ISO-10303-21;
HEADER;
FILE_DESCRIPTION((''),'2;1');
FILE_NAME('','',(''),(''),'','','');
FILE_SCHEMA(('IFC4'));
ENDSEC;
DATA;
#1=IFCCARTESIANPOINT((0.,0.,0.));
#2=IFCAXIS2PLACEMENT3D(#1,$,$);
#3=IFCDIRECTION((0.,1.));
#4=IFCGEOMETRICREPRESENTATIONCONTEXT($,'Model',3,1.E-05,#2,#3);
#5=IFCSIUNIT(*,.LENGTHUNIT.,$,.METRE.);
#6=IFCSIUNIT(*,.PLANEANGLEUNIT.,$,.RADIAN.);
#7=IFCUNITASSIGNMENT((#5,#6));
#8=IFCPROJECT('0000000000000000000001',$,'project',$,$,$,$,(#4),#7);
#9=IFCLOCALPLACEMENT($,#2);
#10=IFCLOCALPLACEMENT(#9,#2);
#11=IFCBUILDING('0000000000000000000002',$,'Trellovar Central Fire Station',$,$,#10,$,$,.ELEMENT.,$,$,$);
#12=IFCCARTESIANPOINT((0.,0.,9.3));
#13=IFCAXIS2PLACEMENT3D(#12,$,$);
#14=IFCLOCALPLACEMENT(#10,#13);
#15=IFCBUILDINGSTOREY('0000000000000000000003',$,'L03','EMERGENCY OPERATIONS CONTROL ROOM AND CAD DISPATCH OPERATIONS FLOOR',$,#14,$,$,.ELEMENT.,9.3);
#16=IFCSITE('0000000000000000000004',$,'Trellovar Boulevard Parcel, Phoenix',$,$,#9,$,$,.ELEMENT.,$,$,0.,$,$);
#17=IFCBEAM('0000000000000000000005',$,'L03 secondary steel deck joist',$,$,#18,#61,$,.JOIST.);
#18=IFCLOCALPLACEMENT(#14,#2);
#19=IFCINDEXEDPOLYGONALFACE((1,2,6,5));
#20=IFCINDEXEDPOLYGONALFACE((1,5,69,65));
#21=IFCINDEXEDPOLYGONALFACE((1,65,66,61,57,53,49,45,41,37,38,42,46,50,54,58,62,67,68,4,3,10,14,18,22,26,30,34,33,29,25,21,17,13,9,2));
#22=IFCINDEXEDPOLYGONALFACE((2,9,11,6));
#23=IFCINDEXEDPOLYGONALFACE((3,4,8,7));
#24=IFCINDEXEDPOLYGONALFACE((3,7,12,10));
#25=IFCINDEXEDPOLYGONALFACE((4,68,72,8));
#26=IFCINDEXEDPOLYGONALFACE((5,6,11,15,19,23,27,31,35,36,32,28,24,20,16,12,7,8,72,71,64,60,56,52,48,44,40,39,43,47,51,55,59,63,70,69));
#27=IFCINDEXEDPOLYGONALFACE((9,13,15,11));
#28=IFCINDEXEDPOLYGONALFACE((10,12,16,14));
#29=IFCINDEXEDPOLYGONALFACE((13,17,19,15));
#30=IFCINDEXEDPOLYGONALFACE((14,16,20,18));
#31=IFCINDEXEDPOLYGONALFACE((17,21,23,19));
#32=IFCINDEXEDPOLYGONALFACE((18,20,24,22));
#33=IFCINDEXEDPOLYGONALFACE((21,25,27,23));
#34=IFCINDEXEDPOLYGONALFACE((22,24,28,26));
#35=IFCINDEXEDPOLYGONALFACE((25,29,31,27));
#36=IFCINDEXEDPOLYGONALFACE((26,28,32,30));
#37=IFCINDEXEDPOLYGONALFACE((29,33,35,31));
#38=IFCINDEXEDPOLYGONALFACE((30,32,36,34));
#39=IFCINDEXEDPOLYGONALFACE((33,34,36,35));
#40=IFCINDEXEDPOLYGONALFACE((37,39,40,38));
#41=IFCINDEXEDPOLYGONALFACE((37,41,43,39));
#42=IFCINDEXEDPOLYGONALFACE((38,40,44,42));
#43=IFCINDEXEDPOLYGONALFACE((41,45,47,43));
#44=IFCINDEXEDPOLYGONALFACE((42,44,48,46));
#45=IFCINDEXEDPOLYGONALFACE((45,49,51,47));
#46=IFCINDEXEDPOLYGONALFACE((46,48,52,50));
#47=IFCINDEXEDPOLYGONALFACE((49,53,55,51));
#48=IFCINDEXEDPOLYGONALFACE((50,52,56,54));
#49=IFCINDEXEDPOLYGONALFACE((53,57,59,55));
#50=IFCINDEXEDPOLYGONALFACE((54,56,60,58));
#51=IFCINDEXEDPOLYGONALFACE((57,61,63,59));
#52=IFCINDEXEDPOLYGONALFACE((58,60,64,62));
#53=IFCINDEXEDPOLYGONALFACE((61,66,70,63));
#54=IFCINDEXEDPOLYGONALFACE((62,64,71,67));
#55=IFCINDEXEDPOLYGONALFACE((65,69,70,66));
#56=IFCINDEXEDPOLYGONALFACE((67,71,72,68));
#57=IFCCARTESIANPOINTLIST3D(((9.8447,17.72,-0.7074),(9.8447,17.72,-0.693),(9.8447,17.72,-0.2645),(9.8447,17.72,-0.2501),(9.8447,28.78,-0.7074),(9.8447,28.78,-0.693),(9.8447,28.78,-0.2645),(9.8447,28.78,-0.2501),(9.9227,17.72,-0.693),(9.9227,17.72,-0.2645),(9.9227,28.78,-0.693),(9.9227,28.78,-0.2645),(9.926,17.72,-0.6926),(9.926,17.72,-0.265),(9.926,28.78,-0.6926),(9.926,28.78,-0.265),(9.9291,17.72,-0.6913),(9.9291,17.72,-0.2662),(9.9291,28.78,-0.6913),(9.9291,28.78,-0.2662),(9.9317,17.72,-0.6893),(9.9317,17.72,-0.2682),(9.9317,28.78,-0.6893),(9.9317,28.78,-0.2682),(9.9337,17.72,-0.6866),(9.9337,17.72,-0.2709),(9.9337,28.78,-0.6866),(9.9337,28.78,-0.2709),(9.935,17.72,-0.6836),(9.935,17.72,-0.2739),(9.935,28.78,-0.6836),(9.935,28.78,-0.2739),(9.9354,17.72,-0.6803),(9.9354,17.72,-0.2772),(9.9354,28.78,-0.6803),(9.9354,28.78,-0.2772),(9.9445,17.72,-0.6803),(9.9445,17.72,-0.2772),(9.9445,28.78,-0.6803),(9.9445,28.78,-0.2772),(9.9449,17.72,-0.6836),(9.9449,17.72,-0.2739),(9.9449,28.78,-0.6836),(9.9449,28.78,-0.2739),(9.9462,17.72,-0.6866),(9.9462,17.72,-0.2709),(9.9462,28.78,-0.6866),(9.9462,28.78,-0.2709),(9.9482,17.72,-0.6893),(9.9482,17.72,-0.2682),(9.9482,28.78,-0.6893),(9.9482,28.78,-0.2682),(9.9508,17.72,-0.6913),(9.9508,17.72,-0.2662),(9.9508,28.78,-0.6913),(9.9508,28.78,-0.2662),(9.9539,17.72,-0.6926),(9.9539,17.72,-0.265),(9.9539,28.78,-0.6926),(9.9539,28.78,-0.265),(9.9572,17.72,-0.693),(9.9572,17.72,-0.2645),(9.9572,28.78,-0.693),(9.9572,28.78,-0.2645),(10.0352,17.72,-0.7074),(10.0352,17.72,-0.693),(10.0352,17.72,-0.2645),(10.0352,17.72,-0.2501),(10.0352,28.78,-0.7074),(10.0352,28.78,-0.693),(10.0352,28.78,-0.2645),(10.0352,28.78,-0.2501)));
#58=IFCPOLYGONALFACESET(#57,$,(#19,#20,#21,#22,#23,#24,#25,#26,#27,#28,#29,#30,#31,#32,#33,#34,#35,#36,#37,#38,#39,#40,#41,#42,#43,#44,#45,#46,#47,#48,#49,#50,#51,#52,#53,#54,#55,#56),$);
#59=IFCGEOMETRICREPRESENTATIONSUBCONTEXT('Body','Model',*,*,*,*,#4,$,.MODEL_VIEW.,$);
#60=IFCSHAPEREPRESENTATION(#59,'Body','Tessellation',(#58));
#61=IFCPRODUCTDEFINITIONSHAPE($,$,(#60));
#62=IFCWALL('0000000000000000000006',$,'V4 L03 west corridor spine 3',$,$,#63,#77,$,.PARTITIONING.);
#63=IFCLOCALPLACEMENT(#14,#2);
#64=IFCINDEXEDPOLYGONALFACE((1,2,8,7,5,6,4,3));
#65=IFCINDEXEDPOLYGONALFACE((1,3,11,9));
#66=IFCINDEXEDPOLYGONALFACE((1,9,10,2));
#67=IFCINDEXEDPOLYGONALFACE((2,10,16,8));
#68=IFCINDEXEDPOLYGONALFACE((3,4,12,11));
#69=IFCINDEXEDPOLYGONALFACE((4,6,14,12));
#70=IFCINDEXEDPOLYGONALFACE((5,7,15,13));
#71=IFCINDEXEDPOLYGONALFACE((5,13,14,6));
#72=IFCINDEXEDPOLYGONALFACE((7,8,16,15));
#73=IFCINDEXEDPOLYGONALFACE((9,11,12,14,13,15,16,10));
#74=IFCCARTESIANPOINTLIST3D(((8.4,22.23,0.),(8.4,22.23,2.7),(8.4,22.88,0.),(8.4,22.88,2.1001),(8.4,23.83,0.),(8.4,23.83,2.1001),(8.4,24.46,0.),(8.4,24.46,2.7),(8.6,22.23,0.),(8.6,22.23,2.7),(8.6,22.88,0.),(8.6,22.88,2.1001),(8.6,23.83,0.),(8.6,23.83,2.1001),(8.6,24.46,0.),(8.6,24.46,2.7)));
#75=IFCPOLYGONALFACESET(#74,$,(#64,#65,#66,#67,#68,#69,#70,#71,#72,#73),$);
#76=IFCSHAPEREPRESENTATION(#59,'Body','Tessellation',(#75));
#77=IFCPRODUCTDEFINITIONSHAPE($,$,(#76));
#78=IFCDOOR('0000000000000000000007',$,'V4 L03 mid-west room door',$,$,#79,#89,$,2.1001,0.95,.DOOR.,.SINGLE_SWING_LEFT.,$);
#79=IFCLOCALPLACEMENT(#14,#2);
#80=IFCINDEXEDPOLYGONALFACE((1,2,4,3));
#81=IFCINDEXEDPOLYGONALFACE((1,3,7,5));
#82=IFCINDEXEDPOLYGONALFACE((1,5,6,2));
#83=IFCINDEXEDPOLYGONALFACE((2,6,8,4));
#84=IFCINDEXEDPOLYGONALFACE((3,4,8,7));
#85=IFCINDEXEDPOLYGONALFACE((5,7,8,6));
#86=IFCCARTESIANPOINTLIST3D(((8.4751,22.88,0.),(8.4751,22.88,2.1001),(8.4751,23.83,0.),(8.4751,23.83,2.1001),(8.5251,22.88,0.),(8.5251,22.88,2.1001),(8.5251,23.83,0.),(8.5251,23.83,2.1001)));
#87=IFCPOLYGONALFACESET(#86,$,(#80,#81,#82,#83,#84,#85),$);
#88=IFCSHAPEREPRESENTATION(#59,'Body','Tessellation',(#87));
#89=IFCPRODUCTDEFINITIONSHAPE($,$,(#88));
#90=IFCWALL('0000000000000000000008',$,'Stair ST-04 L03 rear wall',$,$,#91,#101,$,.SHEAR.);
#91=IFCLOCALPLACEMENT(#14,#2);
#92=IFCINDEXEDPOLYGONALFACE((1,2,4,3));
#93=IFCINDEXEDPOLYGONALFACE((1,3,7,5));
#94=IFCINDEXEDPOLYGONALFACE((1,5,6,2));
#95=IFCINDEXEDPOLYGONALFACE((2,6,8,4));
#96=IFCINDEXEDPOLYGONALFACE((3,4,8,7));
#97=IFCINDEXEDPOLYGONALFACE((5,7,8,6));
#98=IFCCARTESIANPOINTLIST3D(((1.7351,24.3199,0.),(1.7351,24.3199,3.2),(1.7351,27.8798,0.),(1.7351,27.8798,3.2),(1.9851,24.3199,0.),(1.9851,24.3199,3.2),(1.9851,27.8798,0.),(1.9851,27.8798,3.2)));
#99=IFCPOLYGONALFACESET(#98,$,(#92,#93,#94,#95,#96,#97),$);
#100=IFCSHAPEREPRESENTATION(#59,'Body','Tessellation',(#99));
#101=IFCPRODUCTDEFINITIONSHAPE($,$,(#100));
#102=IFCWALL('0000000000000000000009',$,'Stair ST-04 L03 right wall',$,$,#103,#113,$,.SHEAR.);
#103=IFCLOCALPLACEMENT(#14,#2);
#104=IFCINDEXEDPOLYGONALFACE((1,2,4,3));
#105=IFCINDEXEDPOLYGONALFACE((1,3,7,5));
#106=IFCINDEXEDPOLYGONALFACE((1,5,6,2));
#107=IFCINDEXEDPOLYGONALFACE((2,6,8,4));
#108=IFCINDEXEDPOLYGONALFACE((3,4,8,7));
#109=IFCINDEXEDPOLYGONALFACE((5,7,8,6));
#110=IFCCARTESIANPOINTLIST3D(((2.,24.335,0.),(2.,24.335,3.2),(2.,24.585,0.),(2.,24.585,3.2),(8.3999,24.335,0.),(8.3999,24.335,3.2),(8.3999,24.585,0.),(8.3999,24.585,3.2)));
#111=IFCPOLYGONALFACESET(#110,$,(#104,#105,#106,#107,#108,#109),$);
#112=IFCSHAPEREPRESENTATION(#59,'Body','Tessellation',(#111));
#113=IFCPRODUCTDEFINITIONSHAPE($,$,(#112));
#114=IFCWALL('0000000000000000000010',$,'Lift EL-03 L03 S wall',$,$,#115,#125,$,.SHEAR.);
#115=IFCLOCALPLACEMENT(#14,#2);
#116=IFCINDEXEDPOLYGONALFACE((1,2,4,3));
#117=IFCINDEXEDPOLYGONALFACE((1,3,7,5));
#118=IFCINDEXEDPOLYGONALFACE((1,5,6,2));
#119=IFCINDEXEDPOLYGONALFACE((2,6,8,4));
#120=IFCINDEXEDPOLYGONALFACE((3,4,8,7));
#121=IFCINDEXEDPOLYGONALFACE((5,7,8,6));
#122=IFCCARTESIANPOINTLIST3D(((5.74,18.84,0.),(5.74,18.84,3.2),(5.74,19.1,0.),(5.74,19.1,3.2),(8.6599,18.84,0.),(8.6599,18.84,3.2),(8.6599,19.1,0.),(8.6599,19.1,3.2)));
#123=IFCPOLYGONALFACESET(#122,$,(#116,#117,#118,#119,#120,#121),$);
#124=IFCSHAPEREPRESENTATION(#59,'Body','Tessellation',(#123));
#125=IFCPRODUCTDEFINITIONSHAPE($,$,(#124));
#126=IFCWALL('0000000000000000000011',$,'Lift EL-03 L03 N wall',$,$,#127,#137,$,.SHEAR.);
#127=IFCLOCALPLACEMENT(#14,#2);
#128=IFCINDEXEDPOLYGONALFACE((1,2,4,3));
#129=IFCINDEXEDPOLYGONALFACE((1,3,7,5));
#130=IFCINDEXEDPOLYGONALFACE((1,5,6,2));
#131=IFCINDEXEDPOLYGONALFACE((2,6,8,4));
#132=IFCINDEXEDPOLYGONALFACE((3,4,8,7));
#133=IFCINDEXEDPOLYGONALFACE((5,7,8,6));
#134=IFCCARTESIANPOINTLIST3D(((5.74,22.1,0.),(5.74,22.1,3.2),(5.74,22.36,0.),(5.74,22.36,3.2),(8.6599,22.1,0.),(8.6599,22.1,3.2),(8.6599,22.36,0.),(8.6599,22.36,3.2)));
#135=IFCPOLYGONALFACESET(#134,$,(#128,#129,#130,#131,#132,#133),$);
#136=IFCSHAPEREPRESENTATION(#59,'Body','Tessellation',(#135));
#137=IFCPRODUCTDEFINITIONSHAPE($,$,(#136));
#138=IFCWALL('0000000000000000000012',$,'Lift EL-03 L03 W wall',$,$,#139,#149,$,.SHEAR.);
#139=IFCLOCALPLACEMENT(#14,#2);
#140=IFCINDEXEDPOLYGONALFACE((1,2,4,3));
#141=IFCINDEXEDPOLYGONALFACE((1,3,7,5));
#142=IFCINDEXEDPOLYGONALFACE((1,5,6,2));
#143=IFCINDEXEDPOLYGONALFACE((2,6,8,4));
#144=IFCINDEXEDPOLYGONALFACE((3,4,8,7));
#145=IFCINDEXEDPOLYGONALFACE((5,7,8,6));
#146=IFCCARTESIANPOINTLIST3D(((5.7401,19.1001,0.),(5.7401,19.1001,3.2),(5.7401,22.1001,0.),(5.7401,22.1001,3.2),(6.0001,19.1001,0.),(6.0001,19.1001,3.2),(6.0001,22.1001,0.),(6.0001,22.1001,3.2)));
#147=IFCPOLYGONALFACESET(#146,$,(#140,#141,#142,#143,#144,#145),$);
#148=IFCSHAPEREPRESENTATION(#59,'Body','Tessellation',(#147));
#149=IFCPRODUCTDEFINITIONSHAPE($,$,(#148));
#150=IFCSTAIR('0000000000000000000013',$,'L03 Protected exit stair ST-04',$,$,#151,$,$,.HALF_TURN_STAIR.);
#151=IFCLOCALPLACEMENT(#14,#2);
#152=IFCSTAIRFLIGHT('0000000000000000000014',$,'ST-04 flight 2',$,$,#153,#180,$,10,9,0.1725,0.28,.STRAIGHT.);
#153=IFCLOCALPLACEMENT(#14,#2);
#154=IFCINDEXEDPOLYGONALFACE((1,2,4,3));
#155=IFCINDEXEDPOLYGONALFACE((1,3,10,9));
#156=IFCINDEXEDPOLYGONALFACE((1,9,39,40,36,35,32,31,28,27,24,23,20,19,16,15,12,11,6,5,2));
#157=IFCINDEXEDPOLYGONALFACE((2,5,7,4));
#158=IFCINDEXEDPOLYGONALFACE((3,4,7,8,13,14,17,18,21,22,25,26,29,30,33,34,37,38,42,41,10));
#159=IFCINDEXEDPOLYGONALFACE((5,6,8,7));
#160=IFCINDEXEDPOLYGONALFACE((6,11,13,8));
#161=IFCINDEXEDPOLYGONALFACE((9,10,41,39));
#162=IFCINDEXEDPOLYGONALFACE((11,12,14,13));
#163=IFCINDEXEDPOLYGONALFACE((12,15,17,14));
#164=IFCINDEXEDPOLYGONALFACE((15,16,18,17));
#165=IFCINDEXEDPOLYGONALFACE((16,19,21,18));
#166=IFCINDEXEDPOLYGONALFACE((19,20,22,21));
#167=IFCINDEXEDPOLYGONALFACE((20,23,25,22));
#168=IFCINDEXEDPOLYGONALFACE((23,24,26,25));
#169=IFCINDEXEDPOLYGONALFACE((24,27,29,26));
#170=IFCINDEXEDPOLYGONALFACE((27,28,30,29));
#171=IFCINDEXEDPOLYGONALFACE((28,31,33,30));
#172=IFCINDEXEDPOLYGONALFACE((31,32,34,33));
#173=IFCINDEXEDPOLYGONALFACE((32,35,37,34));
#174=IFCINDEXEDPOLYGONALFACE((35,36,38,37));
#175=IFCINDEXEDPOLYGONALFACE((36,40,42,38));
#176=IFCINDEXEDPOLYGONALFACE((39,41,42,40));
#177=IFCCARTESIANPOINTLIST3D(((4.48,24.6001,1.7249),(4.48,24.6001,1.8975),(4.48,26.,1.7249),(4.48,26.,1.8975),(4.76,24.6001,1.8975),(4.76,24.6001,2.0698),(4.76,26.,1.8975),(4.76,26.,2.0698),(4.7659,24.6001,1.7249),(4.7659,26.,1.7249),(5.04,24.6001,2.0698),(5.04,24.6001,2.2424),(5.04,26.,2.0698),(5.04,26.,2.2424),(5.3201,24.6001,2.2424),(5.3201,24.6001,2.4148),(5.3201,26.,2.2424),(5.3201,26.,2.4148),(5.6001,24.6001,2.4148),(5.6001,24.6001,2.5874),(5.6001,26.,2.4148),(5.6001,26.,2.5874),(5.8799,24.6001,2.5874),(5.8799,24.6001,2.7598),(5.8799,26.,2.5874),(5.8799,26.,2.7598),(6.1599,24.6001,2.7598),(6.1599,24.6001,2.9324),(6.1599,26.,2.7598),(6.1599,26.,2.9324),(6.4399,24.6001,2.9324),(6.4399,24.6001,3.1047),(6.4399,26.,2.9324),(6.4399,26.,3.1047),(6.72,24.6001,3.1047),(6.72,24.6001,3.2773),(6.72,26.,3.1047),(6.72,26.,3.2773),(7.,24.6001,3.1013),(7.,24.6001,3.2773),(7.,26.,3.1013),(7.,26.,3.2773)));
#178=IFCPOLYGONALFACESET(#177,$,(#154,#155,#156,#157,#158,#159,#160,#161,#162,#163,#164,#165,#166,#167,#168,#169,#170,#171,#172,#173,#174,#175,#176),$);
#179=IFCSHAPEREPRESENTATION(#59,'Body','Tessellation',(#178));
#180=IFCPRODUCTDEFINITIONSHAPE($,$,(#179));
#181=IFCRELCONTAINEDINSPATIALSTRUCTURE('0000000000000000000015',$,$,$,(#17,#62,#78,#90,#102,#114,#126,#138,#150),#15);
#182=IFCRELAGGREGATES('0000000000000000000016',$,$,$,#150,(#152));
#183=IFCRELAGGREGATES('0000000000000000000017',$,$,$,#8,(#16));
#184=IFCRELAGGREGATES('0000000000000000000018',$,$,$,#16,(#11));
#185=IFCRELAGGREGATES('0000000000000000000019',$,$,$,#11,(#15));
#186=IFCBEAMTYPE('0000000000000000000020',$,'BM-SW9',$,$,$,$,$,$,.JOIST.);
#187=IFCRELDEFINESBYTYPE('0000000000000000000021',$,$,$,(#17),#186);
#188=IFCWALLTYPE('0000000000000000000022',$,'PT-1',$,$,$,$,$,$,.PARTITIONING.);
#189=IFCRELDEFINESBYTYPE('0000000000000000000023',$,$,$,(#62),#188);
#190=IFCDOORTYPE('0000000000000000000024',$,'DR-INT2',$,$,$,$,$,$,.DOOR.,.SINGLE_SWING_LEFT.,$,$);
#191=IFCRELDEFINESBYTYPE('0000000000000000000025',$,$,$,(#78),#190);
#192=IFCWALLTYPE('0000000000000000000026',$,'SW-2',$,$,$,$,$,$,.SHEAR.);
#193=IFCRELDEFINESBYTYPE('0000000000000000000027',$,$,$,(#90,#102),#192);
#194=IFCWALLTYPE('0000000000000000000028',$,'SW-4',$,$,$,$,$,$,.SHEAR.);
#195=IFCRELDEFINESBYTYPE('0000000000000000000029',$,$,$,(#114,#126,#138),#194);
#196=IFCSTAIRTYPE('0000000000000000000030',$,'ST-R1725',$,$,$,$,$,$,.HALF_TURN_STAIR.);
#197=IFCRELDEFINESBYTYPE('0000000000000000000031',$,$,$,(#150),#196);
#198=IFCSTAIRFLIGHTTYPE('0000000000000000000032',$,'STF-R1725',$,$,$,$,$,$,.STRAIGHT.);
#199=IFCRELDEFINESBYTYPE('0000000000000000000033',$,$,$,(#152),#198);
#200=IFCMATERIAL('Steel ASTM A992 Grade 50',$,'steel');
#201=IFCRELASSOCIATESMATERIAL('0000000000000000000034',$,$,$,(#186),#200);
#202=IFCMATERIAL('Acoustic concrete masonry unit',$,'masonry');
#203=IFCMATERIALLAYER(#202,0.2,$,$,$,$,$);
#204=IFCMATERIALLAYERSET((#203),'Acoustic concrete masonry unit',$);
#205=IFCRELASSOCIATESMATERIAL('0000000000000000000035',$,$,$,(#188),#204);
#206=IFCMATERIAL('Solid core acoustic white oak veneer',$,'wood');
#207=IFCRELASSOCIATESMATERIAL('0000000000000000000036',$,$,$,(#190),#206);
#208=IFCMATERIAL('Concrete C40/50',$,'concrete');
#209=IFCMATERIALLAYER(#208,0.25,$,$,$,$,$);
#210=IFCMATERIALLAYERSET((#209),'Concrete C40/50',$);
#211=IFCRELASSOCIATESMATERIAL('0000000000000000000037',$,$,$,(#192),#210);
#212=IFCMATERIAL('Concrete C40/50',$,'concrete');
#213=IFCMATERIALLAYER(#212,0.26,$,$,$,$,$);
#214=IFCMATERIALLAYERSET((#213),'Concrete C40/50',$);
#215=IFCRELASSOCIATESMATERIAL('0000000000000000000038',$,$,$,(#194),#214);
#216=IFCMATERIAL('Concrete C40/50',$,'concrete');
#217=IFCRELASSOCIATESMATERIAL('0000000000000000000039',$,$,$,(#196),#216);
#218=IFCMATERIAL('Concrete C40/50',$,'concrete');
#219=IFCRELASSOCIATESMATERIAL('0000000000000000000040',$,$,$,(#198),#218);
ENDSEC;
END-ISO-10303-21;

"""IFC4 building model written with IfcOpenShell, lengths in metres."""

from ifc_helpers import new_model, si_unit, direction, frame, frame_2d, origin, origin_2d, place, context, subcontext, project, spatial, polyline, rectangle, i_section, outline, extrude, material, layer, layer_set, material_profile, profile_set, type_object, element, fill, aggregate, save


model = new_model("IFC4")

# Units and contexts
model_context = context("Model", 3, precision=1e-05, world=origin(), true_north=direction((0.0, 1.0)))
body_context = subcontext(model_context, "Body", "Model", "MODEL_VIEW")
ifc_project = project(units=[si_unit("LENGTHUNIT", "METRE"), si_unit("PLANEANGLEUNIT", "RADIAN")], contexts=[model_context])

# Site, building, storey
site_placement = place(None, origin())
site = spatial("IfcSite", under=ifc_project, at=site_placement, Name="Trellovar Boulevard Parcel, Phoenix", CompositionType="ELEMENT", RefElevation=0.0)
building_placement = place(site_placement, origin())
building = spatial("IfcBuilding", under=site, at=building_placement, Name="Trellovar Central Fire Station", CompositionType="ELEMENT")
storey_placement = place(building_placement, frame((0.0, 0.0, 9.3)))
storey = spatial("IfcBuildingStorey", under=building, at=storey_placement, Name="L03", Description="EMERGENCY OPERATIONS CONTROL ROOM AND CAD DISPATCH OPERATIONS FLOOR", CompositionType="ELEMENT", Elevation=9.3)

# Beam
ifc_material_1 = material(Name="Steel ASTM A992 Grade 50", Category="steel")
ifc_material_profile_1 = material_profile(ifc_material_1, i_section(OverallWidth=0.1904, OverallDepth=0.4573, WebThickness=0.009, FlangeThickness=0.0144, FilletRadius=0.0127, at=origin_2d()), Name="W18X50")
ifc_profile_set_1 = profile_set([ifc_material_profile_1], Name="Steel ASTM A992 Grade 50")
beam_type_1 = type_object("IfcBeamType", Name="BM-SW9", PredefinedType="JOIST", material=ifc_profile_set_1)
beam_1_placement = place(storey_placement, frame((9.9399, 17.72, -0.4788), z_axis=(0.0, 1.0, 0.0), x_axis=(-1.0, 0.0, 0.0)))
element("IfcBeam", 1, at=beam_1_placement, inside=storey, type_object=beam_type_1, Name="L03 secondary steel deck joist", PredefinedType="JOIST", context=body_context, shape_type="SweptSolid", body=[
    extrude(i_section(OverallWidth=0.1904, OverallDepth=0.4573, WebThickness=0.009, FlangeThickness=0.0144, FilletRadius=0.0127, at=origin_2d()), origin(), (0.0, 0.0, 1.0), 11.0601),
])

# Wall, opening, door
ifc_material_2 = material(Name="Acoustic concrete masonry unit", Category="masonry")
ifc_layer_1 = layer(ifc_material_2, 0.2)
ifc_layer_set_1 = layer_set([ifc_layer_1], Name="Acoustic concrete masonry unit")
wall_type_1 = type_object("IfcWallType", Name="PT-1", PredefinedType="PARTITIONING", material=ifc_layer_set_1)
wall_1_placement = place(storey_placement, frame((8.5, 22.23, 0.0), z_axis=(0.0, 0.0, 1.0), x_axis=(0.0, 1.0, 0.0)))
wall_1 = element("IfcWall", 2, at=wall_1_placement, inside=storey, type_object=wall_type_1, Name="V4 L03 west corridor spine 3", PredefinedType="PARTITIONING", context=body_context, shape_type="SweptSolid", body=[
    extrude(rectangle(XDim=2.23, YDim=0.2, at=frame_2d((1.115, 0.0))), origin(), (0.0, 0.0, 1.0), 2.7),
])
opening_1_placement = place(wall_1_placement, frame((0.6499, 0.0, 0.0)))
opening_1 = element("IfcOpeningElement", 3, at=opening_1_placement, cuts=wall_1, PredefinedType="OPENING", context=body_context, shape_type="SweptSolid", body=[
    extrude(rectangle(XDim=0.95, YDim=2.1001, at=frame_2d((0.4751, 1.05))), frame((0.0, 0.1099, 0.0), z_axis=(0.0, -1.0, 0.0), x_axis=(1.0, 0.0, 0.0)), (0.0, 0.0, 1.0), 0.22),
])
ifc_material_3 = material(Name="Solid core acoustic white oak veneer", Category="wood")
door_type_1 = type_object("IfcDoorType", Name="DR-INT2", OperationType="SINGLE_SWING_LEFT", PredefinedType="DOOR", material=ifc_material_3)
door_1_placement = place(opening_1_placement, origin())
door_1 = element("IfcDoor", 4, at=door_1_placement, inside=storey, type_object=door_type_1, Name="V4 L03 mid-west room door", OperationType="SINGLE_SWING_LEFT", OverallHeight=2.1001, OverallWidth=0.95, PredefinedType="DOOR", context=body_context, shape_type="SweptSolid", body=[
    extrude(rectangle(XDim=0.95, YDim=2.1001, at=frame_2d((0.4751, 1.05))), frame((0.0, 0.0249, 0.0), z_axis=(0.0, -1.0, 0.0), x_axis=(1.0, 0.0, 0.0)), (0.0, 0.0, 1.0), 0.05),
])
fill(opening_1, door_1)

# Walls
ifc_material_4 = material(Name="Concrete C40/50", Category="concrete")
ifc_layer_2 = layer(ifc_material_4, 0.25)
ifc_layer_set_2 = layer_set([ifc_layer_2], Name="Concrete C40/50")
wall_type_2 = type_object("IfcWallType", Name="SW-2", PredefinedType="SHEAR", material=ifc_layer_set_2)
wall_2_placement = place(storey_placement, frame((1.8601, 24.3201, 0.0), z_axis=(0.0, 0.0, 1.0), x_axis=(0.0, 1.0, 0.0)))
element("IfcWall", 5, at=wall_2_placement, inside=storey, type_object=wall_type_2, Name="Stair ST-04 L03 rear wall", PredefinedType="SHEAR", context=body_context, shape_type="SweptSolid", body=[
    extrude(rectangle(XDim=3.5598, YDim=0.25, at=frame_2d((1.7798, 0.0))), origin(), (0.0, 0.0, 1.0), 3.2),
])
wall_3_placement = place(storey_placement, frame((2.0, 24.46, 0.0), z_axis=(0.0, 0.0, 1.0), x_axis=(1.0, 0.0, 0.0)))
element("IfcWall", 6, at=wall_3_placement, inside=storey, type_object=wall_type_2, Name="Stair ST-04 L03 right wall", PredefinedType="SHEAR", context=body_context, shape_type="SweptSolid", body=[
    extrude(rectangle(XDim=6.3999, YDim=0.25, at=frame_2d((3.2, 0.0))), origin(), (0.0, 0.0, 1.0), 3.2),
])
ifc_material_5 = material(Name="Concrete C40/50", Category="concrete")
ifc_layer_3 = layer(ifc_material_5, 0.26)
ifc_layer_set_3 = layer_set([ifc_layer_3], Name="Concrete C40/50")
wall_type_3 = type_object("IfcWallType", Name="SW-4", PredefinedType="SHEAR", material=ifc_layer_set_3)
for number, where, z_axis, x_axis, name in (
    (7, (5.74, 18.97, 0.0), (0.0, 0.0, 1.0), (1.0, 0.0, 0.0), "Lift EL-03 L03 S wall"),
    (8, (8.6599, 22.23, 0.0), (0.0, 0.0, 1.0), (-1.0, 0.0, 0.0), "Lift EL-03 L03 N wall"),
):
    element("IfcWall", number, at=place(storey_placement, frame(where, z_axis=z_axis, x_axis=x_axis)), inside=storey, type_object=wall_type_3, Name=name, PredefinedType="SHEAR", context=body_context, shape_type="SweptSolid", body=[
        extrude(rectangle(XDim=2.9199, YDim=0.26, at=frame_2d((1.46, 0.0))), origin(), (0.0, 0.0, 1.0), 3.2),
    ])
wall_4_placement = place(storey_placement, frame((5.8701, 22.1001, 0.0), z_axis=(0.0, 0.0, 1.0), x_axis=(0.0, -1.0, 0.0)))
element("IfcWall", 9, at=wall_4_placement, inside=storey, type_object=wall_type_3, Name="Lift EL-03 L03 W wall", PredefinedType="SHEAR", context=body_context, shape_type="SweptSolid", body=[
    extrude(rectangle(XDim=3.0, YDim=0.26, at=frame_2d((1.5, 0.0))), origin(), (0.0, 0.0, 1.0), 3.2),
])

# Stair, stair flight
ifc_material_6 = material(Name="Concrete C40/50", Category="concrete")
stair_type = type_object("IfcStairType", Name="ST-R1725", PredefinedType="HALF_TURN_STAIR", material=ifc_material_6)
stair_placement = place(storey_placement, origin())
stair = element("IfcStair", 10, at=stair_placement, inside=storey, type_object=stair_type, Name="L03 Protected exit stair ST-04", PredefinedType="HALF_TURN_STAIR")
ifc_material_7 = material(Name="Concrete C40/50", Category="concrete")
stair_flight_type = type_object("IfcStairFlightType", Name="STF-R1725", PredefinedType="STRAIGHT", material=ifc_material_7)
stair_flight_placement = place(storey_placement, frame((4.48, 25.3, 1.7249), z_axis=(0.0, 0.0, 1.0), x_axis=(1.0, 0.0, 0.0)))
stair_flight = element("IfcStairFlight", 11, at=stair_flight_placement, type_object=stair_flight_type, Name="ST-04 flight 2", NumberOfRisers=10, NumberOfTreads=9, PredefinedType="STRAIGHT", RiserHeight=0.1725, TreadLength=0.28, context=body_context, shape_type="SweptSolid", body=[
    extrude(outline(polyline([(0.0, 0.0), (0.0, 0.1726), (0.28, 0.1726), (0.28, 0.345), (0.5601, 0.345), (0.5601, 0.5176), (0.8401, 0.5176), (0.8401, 0.6899), (1.1201, 0.6899), (1.1201, 0.8625), (1.3999, 0.8625), (1.3999, 1.0349), (1.6799, 1.0349), (1.6799, 1.2075), (1.96, 1.2075), (1.96, 1.3799), (2.24, 1.3799), (2.24, 1.5525), (2.52, 1.5525), (2.52, 1.7251), (2.52, 1.3765), (0.2859, 0.0), (0.0, 0.0)])), frame((0.0, 0.7, 0.0), z_axis=(0.0, -1.0, 0.0), x_axis=(1.0, 0.0, 0.0)), (0.0, 0.0, 1.0), 1.3999),
])
aggregate(stair, [stair_flight])

save(model, "model.ifc")
